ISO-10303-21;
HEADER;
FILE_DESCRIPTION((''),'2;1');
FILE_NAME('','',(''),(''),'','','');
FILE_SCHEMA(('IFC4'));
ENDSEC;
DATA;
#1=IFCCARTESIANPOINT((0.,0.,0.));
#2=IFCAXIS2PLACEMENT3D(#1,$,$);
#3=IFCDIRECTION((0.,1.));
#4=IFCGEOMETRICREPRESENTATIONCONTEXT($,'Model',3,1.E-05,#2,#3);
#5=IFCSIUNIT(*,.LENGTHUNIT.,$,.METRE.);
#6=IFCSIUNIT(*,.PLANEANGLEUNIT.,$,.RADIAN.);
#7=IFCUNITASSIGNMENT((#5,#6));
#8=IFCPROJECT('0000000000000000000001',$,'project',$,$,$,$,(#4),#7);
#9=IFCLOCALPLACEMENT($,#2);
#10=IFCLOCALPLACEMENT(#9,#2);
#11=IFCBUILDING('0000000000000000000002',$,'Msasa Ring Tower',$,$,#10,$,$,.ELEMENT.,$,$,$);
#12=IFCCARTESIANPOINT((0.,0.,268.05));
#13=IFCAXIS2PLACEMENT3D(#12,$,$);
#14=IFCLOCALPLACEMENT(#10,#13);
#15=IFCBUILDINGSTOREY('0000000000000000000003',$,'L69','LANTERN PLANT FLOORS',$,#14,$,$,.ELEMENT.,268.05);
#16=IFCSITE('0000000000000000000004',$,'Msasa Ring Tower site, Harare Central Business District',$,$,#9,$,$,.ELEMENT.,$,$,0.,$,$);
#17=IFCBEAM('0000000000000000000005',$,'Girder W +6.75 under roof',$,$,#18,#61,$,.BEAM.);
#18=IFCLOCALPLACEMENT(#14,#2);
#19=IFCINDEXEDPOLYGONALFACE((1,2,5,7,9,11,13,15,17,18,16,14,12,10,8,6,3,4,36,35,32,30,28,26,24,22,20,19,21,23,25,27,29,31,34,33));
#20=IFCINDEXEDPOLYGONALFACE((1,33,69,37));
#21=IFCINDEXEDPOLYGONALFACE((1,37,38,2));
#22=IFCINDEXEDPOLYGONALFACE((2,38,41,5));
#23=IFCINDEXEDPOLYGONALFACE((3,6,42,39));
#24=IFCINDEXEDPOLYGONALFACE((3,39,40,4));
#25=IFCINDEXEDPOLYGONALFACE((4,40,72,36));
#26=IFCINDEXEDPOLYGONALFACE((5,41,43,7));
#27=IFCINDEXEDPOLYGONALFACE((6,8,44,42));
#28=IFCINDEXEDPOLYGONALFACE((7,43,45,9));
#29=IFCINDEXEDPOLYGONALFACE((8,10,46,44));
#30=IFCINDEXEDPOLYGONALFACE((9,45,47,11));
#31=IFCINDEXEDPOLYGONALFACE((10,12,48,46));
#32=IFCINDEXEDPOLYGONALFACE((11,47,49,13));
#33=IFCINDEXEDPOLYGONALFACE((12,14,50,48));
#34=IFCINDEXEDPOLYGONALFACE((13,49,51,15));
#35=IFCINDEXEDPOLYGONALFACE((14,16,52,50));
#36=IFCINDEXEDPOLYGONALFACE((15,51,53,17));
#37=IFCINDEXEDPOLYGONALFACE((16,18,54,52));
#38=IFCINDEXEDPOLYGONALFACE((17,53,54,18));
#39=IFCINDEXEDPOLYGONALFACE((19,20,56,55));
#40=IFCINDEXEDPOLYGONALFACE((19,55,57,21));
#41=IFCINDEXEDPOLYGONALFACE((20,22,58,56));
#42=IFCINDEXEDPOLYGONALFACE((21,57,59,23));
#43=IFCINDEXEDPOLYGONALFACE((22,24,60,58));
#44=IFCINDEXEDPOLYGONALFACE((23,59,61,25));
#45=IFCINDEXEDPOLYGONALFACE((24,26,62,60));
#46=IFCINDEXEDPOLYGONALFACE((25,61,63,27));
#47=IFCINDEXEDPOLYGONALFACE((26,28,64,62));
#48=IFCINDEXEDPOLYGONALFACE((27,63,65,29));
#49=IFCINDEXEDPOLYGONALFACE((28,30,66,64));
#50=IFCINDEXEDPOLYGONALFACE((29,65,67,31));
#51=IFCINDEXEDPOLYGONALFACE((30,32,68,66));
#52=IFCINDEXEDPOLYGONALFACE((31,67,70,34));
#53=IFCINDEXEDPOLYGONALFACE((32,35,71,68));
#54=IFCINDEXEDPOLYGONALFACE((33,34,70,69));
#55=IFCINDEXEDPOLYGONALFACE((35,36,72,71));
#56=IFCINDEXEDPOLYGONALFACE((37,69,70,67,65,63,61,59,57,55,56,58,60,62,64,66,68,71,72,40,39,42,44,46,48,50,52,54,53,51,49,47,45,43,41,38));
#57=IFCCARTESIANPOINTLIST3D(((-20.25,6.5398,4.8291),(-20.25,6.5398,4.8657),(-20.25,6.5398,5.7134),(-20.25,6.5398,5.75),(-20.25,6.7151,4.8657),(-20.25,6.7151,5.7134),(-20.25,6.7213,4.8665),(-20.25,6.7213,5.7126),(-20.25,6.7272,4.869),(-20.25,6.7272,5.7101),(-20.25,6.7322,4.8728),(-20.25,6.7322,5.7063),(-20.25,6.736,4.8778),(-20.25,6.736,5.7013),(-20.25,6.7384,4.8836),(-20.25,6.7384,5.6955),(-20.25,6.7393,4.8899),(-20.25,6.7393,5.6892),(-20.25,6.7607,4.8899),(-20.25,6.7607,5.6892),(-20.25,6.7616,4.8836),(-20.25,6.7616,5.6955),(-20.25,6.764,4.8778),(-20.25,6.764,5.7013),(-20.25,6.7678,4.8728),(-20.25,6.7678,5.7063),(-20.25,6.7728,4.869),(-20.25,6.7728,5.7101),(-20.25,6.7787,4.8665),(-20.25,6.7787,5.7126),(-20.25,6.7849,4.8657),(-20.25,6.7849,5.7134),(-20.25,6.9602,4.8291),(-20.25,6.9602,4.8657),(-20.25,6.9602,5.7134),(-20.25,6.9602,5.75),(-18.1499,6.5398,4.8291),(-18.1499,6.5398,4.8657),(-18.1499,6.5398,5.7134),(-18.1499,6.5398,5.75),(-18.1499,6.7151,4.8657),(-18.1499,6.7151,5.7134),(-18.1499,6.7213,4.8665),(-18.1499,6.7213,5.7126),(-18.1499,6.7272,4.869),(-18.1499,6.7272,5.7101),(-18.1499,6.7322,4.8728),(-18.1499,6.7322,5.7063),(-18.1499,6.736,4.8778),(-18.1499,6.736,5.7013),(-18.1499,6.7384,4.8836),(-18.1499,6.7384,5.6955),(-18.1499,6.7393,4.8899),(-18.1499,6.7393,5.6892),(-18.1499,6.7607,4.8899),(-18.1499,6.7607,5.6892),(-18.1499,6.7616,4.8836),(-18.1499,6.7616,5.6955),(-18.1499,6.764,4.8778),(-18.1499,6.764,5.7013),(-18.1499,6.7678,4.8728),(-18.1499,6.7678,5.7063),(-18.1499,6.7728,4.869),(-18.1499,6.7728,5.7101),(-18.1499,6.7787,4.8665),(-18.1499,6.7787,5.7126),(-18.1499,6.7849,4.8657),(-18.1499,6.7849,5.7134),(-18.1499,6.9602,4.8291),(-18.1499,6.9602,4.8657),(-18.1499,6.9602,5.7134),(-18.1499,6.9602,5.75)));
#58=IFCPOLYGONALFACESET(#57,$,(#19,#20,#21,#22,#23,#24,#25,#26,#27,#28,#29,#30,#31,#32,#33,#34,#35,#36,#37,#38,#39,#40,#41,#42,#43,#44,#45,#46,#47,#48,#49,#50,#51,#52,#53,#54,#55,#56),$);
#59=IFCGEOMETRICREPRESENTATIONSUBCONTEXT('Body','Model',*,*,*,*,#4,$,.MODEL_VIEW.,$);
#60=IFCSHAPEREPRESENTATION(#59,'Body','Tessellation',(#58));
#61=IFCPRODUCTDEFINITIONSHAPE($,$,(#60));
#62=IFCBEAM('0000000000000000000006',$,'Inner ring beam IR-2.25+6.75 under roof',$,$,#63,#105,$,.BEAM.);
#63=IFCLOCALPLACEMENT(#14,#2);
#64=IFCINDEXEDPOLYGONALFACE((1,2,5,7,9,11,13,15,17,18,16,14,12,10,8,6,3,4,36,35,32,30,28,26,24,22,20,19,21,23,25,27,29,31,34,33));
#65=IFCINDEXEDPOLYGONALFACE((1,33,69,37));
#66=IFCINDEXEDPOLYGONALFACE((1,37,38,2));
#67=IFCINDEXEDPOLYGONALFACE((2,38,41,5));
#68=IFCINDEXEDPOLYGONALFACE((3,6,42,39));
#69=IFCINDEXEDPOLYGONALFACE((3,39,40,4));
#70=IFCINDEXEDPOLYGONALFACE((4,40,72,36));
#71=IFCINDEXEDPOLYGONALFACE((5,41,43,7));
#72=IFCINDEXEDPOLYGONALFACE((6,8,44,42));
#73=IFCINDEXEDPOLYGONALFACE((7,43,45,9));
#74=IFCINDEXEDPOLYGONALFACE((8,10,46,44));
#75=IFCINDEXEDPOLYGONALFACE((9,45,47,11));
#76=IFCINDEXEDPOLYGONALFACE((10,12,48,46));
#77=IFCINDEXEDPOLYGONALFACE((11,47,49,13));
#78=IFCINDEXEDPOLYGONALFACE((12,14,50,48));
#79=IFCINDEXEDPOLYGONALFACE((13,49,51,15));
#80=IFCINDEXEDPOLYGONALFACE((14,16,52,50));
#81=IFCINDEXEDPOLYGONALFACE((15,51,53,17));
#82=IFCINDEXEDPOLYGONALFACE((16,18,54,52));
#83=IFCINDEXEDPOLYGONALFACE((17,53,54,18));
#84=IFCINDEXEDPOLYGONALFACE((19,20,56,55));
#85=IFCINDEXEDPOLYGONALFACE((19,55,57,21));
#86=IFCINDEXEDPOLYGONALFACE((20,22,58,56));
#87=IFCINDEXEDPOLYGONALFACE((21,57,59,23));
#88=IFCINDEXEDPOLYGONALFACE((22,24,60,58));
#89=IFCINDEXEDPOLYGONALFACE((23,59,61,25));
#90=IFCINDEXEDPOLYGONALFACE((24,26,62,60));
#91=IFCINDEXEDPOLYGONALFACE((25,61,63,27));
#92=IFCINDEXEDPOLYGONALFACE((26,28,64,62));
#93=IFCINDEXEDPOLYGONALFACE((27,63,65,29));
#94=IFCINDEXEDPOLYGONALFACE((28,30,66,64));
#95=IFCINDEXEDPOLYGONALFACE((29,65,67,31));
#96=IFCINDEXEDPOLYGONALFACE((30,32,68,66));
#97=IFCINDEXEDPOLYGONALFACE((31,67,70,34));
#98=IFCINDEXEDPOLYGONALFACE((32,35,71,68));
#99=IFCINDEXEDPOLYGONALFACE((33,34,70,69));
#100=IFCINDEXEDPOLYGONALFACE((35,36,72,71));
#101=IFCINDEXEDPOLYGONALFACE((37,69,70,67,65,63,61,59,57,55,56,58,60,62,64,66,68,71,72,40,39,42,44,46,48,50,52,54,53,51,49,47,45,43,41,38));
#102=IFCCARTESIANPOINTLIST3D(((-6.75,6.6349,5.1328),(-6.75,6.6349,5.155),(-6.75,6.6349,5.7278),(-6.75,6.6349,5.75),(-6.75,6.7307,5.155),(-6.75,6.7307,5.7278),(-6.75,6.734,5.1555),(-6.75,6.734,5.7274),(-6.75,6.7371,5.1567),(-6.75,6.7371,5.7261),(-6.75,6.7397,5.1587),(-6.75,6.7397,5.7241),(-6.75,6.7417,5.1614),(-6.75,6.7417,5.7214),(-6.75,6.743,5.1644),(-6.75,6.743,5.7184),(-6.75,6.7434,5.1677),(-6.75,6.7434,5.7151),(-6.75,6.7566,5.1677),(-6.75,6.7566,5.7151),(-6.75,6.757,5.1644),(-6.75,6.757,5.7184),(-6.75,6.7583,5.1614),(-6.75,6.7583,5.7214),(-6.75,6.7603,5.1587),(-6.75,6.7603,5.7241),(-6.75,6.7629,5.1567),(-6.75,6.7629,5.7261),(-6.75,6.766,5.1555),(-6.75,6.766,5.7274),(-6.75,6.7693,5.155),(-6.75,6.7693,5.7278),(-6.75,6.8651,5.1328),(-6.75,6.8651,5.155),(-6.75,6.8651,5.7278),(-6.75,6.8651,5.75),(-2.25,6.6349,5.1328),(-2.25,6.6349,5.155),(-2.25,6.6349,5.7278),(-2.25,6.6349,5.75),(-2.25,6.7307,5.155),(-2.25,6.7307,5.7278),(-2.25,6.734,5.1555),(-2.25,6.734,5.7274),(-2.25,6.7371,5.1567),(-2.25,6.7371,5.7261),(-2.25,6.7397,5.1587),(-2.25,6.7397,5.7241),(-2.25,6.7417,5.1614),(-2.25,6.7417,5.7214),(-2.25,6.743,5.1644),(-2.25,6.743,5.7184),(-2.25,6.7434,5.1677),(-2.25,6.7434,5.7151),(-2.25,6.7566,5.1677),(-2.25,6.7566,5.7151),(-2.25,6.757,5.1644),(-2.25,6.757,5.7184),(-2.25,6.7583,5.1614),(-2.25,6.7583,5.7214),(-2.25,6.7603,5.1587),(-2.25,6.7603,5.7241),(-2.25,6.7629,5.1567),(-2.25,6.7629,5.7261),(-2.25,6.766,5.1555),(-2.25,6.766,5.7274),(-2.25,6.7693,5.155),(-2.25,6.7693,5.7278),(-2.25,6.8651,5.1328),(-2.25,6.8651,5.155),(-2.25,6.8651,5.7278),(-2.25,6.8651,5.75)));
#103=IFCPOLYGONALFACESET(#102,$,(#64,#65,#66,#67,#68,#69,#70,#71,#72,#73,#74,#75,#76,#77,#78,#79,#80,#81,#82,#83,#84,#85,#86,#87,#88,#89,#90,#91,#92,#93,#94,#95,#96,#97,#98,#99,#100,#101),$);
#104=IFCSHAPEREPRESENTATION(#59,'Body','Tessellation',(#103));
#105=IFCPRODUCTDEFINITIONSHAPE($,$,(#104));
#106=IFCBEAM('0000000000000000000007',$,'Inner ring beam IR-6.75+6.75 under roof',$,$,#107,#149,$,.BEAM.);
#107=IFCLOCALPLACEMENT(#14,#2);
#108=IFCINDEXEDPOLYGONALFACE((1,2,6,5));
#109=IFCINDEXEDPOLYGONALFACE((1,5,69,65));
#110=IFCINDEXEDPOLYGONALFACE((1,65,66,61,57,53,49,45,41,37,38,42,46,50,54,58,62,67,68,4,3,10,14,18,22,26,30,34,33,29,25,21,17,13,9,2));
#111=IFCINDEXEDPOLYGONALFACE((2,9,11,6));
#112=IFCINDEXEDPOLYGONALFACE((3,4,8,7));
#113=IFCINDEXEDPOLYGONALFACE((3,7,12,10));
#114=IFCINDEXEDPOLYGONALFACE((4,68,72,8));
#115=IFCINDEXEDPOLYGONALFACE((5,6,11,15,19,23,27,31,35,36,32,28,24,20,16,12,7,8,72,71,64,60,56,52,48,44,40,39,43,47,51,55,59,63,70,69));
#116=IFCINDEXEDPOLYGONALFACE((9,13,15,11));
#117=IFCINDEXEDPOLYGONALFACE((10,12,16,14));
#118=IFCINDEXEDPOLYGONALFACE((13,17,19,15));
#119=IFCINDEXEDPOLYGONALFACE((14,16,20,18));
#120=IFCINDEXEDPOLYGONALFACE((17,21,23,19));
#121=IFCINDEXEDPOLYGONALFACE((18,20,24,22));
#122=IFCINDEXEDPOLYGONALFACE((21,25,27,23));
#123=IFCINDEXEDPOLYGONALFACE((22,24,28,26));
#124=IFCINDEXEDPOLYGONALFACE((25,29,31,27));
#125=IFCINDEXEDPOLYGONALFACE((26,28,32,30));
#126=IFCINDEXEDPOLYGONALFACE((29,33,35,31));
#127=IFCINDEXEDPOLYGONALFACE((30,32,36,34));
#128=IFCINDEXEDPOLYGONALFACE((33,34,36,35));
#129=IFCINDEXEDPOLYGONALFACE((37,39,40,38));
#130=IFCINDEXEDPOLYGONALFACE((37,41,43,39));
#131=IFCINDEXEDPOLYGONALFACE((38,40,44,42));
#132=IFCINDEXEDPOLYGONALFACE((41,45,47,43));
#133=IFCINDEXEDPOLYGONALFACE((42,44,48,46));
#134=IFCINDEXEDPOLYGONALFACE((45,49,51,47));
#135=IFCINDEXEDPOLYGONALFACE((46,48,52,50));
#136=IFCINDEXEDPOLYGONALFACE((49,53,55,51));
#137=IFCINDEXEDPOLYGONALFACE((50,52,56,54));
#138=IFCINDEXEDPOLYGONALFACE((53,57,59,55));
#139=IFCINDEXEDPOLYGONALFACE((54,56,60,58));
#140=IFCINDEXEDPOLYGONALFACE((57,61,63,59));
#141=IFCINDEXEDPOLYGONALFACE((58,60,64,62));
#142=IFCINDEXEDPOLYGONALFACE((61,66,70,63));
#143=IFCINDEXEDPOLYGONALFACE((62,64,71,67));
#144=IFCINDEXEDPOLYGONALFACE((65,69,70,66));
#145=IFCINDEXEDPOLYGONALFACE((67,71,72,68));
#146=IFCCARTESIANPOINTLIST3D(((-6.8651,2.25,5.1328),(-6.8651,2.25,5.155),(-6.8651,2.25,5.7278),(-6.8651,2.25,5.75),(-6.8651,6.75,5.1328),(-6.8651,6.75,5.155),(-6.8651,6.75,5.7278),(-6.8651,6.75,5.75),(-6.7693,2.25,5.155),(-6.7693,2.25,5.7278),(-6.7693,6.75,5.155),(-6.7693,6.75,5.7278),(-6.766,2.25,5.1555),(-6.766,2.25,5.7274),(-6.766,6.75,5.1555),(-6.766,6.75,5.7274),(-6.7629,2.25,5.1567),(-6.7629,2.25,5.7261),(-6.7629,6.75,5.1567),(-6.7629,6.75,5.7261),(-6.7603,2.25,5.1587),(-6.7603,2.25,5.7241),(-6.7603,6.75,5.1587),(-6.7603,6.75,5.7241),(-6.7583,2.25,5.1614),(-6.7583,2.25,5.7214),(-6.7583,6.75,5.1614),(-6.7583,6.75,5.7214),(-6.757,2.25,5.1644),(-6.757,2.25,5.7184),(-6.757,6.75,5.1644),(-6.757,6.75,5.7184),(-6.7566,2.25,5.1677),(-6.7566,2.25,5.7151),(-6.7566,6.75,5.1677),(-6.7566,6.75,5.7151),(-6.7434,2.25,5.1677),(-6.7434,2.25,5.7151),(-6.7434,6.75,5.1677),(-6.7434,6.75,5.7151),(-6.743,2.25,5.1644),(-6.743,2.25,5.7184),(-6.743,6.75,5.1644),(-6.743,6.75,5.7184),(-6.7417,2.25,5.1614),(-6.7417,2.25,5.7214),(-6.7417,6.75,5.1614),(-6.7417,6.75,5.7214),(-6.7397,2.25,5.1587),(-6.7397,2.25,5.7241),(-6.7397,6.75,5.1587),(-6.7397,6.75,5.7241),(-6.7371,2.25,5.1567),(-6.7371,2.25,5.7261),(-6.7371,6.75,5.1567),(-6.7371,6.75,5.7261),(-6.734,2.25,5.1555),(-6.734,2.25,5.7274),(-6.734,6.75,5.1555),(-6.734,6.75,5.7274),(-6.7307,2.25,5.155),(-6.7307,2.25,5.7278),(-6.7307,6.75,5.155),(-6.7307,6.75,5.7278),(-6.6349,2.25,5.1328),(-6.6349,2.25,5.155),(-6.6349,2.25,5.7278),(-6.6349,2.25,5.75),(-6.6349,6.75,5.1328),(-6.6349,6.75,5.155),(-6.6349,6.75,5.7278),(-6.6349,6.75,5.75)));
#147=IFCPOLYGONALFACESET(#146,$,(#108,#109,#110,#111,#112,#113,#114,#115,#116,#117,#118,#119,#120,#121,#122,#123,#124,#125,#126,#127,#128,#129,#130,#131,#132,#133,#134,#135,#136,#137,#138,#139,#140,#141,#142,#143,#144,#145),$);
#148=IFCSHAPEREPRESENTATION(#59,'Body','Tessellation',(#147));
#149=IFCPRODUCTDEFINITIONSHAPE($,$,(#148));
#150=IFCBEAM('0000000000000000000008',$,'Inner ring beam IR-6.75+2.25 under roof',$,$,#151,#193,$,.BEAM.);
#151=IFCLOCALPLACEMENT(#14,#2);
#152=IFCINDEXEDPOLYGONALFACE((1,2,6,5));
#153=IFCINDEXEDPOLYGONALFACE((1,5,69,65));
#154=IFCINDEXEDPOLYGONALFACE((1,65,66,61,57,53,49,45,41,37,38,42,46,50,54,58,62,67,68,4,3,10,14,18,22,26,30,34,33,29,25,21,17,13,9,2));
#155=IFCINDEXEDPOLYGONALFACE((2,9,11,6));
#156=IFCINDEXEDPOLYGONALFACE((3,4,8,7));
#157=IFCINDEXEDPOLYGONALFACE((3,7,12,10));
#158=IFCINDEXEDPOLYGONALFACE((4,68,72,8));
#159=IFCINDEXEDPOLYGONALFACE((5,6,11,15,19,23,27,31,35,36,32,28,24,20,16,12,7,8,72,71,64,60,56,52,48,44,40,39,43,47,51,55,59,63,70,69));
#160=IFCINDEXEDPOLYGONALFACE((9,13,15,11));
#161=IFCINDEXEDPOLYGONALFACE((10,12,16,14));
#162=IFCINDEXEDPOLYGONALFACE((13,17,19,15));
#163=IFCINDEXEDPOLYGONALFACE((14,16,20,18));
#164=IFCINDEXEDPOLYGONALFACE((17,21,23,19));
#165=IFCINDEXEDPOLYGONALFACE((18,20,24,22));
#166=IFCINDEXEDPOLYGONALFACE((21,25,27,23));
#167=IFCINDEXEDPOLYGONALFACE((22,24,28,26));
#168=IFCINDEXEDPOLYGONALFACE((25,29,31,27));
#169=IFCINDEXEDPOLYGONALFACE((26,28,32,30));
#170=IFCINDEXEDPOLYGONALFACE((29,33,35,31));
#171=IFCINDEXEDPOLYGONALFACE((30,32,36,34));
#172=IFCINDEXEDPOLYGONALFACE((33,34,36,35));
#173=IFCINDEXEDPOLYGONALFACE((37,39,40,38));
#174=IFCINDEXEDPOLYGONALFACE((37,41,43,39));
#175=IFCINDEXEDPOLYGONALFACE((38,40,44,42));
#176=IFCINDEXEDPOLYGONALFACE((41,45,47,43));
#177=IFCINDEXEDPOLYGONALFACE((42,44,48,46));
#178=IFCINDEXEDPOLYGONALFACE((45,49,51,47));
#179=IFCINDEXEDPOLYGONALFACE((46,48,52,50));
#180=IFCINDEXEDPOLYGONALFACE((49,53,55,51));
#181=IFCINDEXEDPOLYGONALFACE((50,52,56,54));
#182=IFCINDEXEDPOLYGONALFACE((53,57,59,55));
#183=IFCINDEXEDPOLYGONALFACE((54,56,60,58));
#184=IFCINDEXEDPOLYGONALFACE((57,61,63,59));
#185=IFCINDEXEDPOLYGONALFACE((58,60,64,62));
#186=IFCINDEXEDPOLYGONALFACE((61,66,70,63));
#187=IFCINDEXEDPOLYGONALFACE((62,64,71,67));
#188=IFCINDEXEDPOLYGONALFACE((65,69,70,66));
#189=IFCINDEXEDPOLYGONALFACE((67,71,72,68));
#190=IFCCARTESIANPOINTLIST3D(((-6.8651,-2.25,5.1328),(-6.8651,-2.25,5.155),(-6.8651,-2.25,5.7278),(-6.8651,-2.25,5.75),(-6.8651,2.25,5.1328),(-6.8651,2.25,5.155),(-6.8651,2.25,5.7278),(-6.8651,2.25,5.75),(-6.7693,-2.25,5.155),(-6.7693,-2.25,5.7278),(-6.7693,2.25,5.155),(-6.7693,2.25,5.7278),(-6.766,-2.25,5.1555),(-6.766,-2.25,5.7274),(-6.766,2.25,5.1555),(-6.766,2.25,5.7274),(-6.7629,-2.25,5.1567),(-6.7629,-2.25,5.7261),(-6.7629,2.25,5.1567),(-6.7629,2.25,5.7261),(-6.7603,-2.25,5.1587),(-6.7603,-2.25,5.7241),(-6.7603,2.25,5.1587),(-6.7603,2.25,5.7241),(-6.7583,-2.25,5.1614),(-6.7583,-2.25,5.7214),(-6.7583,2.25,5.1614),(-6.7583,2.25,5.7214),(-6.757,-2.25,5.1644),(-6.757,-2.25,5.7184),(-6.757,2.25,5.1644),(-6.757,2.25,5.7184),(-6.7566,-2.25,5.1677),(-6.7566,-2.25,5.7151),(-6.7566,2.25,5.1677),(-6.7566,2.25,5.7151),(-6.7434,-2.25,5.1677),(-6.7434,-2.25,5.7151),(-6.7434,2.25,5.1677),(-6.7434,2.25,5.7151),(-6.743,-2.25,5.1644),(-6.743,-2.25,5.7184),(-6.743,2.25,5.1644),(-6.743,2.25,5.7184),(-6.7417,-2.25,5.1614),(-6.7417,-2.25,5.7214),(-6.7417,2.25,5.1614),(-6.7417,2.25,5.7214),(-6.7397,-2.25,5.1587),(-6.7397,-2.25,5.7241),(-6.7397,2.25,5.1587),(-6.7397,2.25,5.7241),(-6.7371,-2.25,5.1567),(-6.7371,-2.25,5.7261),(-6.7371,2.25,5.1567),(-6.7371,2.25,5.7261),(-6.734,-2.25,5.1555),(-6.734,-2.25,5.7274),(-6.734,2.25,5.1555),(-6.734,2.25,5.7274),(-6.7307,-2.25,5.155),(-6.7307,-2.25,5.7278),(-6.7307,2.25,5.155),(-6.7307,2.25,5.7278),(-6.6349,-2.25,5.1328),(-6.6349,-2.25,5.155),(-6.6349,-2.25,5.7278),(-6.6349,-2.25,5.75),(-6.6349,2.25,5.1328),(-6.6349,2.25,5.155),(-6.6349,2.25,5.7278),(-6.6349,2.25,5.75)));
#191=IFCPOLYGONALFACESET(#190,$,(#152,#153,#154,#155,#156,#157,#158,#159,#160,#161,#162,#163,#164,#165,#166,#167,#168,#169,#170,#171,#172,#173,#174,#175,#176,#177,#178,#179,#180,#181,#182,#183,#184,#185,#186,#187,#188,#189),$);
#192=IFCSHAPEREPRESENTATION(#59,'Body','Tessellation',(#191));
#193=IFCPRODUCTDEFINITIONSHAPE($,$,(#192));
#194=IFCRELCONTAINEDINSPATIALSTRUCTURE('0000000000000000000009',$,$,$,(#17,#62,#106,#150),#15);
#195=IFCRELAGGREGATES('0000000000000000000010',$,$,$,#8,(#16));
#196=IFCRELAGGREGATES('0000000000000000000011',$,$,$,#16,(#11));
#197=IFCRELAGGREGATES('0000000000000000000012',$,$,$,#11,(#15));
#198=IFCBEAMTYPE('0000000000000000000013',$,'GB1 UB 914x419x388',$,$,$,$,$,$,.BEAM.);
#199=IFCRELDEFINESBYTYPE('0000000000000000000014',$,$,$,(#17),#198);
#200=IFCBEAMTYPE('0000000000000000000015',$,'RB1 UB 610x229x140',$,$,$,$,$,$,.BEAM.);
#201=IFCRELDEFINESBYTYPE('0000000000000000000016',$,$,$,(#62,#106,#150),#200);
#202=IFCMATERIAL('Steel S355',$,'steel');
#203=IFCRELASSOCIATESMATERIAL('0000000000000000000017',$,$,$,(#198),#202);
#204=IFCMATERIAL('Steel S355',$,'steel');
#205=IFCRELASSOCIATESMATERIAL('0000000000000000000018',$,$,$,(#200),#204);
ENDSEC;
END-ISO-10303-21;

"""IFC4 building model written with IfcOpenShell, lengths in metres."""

from ifc_helpers import new_model, si_unit, direction, frame, origin, origin_2d, place, context, subcontext, project, spatial, i_section, extrude, material, material_profile, profile_set, type_object, element, save


model = new_model("IFC4")

# Units and contexts
model_context = context("Model", 3, precision=1e-05, world=origin(), true_north=direction((0.0, 1.0)))
body_context = subcontext(model_context, "Body", "Model", "MODEL_VIEW")
ifc_project = project(units=[si_unit("LENGTHUNIT", "METRE"), si_unit("PLANEANGLEUNIT", "RADIAN")], contexts=[model_context])

# Site, building, storey
site_placement = place(None, origin())
site = spatial("IfcSite", under=ifc_project, at=site_placement, Name="Msasa Ring Tower site, Harare Central Business District", CompositionType="ELEMENT", RefElevation=0.0)
building_placement = place(site_placement, origin())
building = spatial("IfcBuilding", under=site, at=building_placement, Name="Msasa Ring Tower", CompositionType="ELEMENT")
storey_placement = place(building_placement, frame((0.0, 0.0, 268.05)))
storey = spatial("IfcBuildingStorey", under=building, at=storey_placement, Name="L69", Description="LANTERN PLANT FLOORS", CompositionType="ELEMENT", Elevation=268.05)

# Beams
ifc_material_1 = material(Name="Steel S355", Category="steel")
ifc_material_profile_1 = material_profile(ifc_material_1, i_section(OverallWidth=0.4204, OverallDepth=0.9209, WebThickness=0.0215, FlangeThickness=0.0366, FilletRadius=0.0242, at=origin_2d()), Name="UB 914x419x388")
ifc_profile_set_1 = profile_set([ifc_material_profile_1], Name="Steel S355")
beam_type_1 = type_object("IfcBeamType", Name="GB1 UB 914x419x388", PredefinedType="BEAM", material=ifc_profile_set_1)
beam_1_placement = place(storey_placement, frame((-18.1499, 6.75, 5.2896), z_axis=(-1.0, 0.0, 0.0), x_axis=(0.0, -1.0, 0.0)))
element("IfcBeam", 1, at=beam_1_placement, inside=storey, type_object=beam_type_1, Name="Girder W +6.75 under roof", PredefinedType="BEAM", context=body_context, shape_type="SweptSolid", body=[
    extrude(i_section(OverallWidth=0.4204, OverallDepth=0.9209, WebThickness=0.0215, FlangeThickness=0.0366, FilletRadius=0.0242, at=origin_2d()), origin(), (0.0, 0.0, 1.0), 2.1001),
])
ifc_material_2 = material(Name="Steel S355", Category="steel")
ifc_material_profile_2 = material_profile(ifc_material_2, i_section(OverallWidth=0.2302, OverallDepth=0.6172, WebThickness=0.0132, FlangeThickness=0.0222, FilletRadius=0.0127, at=origin_2d()), Name="UB 610x229x140")
ifc_profile_set_2 = profile_set([ifc_material_profile_2], Name="Steel S355")
beam_type_2 = type_object("IfcBeamType", Name="RB1 UB 610x229x140", PredefinedType="BEAM", material=ifc_profile_set_2)
for number, where, z_axis, x_axis, name in (
    (2, (-2.25, 6.75, 5.4414), (-1.0, 0.0, 0.0), (0.0, -1.0, 0.0), "Inner ring beam IR-2.25+6.75 under roof"),
    (3, (-6.75, 6.75, 5.4414), (0.0, -1.0, 0.0), (1.0, 0.0, 0.0), "Inner ring beam IR-6.75+6.75 under roof"),
    (4, (-6.75, 2.25, 5.4414), (0.0, -1.0, 0.0), (1.0, 0.0, 0.0), "Inner ring beam IR-6.75+2.25 under roof"),
):
    element("IfcBeam", number, at=place(storey_placement, frame(where, z_axis=z_axis, x_axis=x_axis)), inside=storey, type_object=beam_type_2, Name=name, PredefinedType="BEAM", context=body_context, shape_type="SweptSolid", body=[
        extrude(i_section(OverallWidth=0.2302, OverallDepth=0.6172, WebThickness=0.0132, FlangeThickness=0.0222, FilletRadius=0.0127, at=origin_2d()), origin(), (0.0, 0.0, 1.0), 4.5),
    ])

save(model, "model.ifc")
